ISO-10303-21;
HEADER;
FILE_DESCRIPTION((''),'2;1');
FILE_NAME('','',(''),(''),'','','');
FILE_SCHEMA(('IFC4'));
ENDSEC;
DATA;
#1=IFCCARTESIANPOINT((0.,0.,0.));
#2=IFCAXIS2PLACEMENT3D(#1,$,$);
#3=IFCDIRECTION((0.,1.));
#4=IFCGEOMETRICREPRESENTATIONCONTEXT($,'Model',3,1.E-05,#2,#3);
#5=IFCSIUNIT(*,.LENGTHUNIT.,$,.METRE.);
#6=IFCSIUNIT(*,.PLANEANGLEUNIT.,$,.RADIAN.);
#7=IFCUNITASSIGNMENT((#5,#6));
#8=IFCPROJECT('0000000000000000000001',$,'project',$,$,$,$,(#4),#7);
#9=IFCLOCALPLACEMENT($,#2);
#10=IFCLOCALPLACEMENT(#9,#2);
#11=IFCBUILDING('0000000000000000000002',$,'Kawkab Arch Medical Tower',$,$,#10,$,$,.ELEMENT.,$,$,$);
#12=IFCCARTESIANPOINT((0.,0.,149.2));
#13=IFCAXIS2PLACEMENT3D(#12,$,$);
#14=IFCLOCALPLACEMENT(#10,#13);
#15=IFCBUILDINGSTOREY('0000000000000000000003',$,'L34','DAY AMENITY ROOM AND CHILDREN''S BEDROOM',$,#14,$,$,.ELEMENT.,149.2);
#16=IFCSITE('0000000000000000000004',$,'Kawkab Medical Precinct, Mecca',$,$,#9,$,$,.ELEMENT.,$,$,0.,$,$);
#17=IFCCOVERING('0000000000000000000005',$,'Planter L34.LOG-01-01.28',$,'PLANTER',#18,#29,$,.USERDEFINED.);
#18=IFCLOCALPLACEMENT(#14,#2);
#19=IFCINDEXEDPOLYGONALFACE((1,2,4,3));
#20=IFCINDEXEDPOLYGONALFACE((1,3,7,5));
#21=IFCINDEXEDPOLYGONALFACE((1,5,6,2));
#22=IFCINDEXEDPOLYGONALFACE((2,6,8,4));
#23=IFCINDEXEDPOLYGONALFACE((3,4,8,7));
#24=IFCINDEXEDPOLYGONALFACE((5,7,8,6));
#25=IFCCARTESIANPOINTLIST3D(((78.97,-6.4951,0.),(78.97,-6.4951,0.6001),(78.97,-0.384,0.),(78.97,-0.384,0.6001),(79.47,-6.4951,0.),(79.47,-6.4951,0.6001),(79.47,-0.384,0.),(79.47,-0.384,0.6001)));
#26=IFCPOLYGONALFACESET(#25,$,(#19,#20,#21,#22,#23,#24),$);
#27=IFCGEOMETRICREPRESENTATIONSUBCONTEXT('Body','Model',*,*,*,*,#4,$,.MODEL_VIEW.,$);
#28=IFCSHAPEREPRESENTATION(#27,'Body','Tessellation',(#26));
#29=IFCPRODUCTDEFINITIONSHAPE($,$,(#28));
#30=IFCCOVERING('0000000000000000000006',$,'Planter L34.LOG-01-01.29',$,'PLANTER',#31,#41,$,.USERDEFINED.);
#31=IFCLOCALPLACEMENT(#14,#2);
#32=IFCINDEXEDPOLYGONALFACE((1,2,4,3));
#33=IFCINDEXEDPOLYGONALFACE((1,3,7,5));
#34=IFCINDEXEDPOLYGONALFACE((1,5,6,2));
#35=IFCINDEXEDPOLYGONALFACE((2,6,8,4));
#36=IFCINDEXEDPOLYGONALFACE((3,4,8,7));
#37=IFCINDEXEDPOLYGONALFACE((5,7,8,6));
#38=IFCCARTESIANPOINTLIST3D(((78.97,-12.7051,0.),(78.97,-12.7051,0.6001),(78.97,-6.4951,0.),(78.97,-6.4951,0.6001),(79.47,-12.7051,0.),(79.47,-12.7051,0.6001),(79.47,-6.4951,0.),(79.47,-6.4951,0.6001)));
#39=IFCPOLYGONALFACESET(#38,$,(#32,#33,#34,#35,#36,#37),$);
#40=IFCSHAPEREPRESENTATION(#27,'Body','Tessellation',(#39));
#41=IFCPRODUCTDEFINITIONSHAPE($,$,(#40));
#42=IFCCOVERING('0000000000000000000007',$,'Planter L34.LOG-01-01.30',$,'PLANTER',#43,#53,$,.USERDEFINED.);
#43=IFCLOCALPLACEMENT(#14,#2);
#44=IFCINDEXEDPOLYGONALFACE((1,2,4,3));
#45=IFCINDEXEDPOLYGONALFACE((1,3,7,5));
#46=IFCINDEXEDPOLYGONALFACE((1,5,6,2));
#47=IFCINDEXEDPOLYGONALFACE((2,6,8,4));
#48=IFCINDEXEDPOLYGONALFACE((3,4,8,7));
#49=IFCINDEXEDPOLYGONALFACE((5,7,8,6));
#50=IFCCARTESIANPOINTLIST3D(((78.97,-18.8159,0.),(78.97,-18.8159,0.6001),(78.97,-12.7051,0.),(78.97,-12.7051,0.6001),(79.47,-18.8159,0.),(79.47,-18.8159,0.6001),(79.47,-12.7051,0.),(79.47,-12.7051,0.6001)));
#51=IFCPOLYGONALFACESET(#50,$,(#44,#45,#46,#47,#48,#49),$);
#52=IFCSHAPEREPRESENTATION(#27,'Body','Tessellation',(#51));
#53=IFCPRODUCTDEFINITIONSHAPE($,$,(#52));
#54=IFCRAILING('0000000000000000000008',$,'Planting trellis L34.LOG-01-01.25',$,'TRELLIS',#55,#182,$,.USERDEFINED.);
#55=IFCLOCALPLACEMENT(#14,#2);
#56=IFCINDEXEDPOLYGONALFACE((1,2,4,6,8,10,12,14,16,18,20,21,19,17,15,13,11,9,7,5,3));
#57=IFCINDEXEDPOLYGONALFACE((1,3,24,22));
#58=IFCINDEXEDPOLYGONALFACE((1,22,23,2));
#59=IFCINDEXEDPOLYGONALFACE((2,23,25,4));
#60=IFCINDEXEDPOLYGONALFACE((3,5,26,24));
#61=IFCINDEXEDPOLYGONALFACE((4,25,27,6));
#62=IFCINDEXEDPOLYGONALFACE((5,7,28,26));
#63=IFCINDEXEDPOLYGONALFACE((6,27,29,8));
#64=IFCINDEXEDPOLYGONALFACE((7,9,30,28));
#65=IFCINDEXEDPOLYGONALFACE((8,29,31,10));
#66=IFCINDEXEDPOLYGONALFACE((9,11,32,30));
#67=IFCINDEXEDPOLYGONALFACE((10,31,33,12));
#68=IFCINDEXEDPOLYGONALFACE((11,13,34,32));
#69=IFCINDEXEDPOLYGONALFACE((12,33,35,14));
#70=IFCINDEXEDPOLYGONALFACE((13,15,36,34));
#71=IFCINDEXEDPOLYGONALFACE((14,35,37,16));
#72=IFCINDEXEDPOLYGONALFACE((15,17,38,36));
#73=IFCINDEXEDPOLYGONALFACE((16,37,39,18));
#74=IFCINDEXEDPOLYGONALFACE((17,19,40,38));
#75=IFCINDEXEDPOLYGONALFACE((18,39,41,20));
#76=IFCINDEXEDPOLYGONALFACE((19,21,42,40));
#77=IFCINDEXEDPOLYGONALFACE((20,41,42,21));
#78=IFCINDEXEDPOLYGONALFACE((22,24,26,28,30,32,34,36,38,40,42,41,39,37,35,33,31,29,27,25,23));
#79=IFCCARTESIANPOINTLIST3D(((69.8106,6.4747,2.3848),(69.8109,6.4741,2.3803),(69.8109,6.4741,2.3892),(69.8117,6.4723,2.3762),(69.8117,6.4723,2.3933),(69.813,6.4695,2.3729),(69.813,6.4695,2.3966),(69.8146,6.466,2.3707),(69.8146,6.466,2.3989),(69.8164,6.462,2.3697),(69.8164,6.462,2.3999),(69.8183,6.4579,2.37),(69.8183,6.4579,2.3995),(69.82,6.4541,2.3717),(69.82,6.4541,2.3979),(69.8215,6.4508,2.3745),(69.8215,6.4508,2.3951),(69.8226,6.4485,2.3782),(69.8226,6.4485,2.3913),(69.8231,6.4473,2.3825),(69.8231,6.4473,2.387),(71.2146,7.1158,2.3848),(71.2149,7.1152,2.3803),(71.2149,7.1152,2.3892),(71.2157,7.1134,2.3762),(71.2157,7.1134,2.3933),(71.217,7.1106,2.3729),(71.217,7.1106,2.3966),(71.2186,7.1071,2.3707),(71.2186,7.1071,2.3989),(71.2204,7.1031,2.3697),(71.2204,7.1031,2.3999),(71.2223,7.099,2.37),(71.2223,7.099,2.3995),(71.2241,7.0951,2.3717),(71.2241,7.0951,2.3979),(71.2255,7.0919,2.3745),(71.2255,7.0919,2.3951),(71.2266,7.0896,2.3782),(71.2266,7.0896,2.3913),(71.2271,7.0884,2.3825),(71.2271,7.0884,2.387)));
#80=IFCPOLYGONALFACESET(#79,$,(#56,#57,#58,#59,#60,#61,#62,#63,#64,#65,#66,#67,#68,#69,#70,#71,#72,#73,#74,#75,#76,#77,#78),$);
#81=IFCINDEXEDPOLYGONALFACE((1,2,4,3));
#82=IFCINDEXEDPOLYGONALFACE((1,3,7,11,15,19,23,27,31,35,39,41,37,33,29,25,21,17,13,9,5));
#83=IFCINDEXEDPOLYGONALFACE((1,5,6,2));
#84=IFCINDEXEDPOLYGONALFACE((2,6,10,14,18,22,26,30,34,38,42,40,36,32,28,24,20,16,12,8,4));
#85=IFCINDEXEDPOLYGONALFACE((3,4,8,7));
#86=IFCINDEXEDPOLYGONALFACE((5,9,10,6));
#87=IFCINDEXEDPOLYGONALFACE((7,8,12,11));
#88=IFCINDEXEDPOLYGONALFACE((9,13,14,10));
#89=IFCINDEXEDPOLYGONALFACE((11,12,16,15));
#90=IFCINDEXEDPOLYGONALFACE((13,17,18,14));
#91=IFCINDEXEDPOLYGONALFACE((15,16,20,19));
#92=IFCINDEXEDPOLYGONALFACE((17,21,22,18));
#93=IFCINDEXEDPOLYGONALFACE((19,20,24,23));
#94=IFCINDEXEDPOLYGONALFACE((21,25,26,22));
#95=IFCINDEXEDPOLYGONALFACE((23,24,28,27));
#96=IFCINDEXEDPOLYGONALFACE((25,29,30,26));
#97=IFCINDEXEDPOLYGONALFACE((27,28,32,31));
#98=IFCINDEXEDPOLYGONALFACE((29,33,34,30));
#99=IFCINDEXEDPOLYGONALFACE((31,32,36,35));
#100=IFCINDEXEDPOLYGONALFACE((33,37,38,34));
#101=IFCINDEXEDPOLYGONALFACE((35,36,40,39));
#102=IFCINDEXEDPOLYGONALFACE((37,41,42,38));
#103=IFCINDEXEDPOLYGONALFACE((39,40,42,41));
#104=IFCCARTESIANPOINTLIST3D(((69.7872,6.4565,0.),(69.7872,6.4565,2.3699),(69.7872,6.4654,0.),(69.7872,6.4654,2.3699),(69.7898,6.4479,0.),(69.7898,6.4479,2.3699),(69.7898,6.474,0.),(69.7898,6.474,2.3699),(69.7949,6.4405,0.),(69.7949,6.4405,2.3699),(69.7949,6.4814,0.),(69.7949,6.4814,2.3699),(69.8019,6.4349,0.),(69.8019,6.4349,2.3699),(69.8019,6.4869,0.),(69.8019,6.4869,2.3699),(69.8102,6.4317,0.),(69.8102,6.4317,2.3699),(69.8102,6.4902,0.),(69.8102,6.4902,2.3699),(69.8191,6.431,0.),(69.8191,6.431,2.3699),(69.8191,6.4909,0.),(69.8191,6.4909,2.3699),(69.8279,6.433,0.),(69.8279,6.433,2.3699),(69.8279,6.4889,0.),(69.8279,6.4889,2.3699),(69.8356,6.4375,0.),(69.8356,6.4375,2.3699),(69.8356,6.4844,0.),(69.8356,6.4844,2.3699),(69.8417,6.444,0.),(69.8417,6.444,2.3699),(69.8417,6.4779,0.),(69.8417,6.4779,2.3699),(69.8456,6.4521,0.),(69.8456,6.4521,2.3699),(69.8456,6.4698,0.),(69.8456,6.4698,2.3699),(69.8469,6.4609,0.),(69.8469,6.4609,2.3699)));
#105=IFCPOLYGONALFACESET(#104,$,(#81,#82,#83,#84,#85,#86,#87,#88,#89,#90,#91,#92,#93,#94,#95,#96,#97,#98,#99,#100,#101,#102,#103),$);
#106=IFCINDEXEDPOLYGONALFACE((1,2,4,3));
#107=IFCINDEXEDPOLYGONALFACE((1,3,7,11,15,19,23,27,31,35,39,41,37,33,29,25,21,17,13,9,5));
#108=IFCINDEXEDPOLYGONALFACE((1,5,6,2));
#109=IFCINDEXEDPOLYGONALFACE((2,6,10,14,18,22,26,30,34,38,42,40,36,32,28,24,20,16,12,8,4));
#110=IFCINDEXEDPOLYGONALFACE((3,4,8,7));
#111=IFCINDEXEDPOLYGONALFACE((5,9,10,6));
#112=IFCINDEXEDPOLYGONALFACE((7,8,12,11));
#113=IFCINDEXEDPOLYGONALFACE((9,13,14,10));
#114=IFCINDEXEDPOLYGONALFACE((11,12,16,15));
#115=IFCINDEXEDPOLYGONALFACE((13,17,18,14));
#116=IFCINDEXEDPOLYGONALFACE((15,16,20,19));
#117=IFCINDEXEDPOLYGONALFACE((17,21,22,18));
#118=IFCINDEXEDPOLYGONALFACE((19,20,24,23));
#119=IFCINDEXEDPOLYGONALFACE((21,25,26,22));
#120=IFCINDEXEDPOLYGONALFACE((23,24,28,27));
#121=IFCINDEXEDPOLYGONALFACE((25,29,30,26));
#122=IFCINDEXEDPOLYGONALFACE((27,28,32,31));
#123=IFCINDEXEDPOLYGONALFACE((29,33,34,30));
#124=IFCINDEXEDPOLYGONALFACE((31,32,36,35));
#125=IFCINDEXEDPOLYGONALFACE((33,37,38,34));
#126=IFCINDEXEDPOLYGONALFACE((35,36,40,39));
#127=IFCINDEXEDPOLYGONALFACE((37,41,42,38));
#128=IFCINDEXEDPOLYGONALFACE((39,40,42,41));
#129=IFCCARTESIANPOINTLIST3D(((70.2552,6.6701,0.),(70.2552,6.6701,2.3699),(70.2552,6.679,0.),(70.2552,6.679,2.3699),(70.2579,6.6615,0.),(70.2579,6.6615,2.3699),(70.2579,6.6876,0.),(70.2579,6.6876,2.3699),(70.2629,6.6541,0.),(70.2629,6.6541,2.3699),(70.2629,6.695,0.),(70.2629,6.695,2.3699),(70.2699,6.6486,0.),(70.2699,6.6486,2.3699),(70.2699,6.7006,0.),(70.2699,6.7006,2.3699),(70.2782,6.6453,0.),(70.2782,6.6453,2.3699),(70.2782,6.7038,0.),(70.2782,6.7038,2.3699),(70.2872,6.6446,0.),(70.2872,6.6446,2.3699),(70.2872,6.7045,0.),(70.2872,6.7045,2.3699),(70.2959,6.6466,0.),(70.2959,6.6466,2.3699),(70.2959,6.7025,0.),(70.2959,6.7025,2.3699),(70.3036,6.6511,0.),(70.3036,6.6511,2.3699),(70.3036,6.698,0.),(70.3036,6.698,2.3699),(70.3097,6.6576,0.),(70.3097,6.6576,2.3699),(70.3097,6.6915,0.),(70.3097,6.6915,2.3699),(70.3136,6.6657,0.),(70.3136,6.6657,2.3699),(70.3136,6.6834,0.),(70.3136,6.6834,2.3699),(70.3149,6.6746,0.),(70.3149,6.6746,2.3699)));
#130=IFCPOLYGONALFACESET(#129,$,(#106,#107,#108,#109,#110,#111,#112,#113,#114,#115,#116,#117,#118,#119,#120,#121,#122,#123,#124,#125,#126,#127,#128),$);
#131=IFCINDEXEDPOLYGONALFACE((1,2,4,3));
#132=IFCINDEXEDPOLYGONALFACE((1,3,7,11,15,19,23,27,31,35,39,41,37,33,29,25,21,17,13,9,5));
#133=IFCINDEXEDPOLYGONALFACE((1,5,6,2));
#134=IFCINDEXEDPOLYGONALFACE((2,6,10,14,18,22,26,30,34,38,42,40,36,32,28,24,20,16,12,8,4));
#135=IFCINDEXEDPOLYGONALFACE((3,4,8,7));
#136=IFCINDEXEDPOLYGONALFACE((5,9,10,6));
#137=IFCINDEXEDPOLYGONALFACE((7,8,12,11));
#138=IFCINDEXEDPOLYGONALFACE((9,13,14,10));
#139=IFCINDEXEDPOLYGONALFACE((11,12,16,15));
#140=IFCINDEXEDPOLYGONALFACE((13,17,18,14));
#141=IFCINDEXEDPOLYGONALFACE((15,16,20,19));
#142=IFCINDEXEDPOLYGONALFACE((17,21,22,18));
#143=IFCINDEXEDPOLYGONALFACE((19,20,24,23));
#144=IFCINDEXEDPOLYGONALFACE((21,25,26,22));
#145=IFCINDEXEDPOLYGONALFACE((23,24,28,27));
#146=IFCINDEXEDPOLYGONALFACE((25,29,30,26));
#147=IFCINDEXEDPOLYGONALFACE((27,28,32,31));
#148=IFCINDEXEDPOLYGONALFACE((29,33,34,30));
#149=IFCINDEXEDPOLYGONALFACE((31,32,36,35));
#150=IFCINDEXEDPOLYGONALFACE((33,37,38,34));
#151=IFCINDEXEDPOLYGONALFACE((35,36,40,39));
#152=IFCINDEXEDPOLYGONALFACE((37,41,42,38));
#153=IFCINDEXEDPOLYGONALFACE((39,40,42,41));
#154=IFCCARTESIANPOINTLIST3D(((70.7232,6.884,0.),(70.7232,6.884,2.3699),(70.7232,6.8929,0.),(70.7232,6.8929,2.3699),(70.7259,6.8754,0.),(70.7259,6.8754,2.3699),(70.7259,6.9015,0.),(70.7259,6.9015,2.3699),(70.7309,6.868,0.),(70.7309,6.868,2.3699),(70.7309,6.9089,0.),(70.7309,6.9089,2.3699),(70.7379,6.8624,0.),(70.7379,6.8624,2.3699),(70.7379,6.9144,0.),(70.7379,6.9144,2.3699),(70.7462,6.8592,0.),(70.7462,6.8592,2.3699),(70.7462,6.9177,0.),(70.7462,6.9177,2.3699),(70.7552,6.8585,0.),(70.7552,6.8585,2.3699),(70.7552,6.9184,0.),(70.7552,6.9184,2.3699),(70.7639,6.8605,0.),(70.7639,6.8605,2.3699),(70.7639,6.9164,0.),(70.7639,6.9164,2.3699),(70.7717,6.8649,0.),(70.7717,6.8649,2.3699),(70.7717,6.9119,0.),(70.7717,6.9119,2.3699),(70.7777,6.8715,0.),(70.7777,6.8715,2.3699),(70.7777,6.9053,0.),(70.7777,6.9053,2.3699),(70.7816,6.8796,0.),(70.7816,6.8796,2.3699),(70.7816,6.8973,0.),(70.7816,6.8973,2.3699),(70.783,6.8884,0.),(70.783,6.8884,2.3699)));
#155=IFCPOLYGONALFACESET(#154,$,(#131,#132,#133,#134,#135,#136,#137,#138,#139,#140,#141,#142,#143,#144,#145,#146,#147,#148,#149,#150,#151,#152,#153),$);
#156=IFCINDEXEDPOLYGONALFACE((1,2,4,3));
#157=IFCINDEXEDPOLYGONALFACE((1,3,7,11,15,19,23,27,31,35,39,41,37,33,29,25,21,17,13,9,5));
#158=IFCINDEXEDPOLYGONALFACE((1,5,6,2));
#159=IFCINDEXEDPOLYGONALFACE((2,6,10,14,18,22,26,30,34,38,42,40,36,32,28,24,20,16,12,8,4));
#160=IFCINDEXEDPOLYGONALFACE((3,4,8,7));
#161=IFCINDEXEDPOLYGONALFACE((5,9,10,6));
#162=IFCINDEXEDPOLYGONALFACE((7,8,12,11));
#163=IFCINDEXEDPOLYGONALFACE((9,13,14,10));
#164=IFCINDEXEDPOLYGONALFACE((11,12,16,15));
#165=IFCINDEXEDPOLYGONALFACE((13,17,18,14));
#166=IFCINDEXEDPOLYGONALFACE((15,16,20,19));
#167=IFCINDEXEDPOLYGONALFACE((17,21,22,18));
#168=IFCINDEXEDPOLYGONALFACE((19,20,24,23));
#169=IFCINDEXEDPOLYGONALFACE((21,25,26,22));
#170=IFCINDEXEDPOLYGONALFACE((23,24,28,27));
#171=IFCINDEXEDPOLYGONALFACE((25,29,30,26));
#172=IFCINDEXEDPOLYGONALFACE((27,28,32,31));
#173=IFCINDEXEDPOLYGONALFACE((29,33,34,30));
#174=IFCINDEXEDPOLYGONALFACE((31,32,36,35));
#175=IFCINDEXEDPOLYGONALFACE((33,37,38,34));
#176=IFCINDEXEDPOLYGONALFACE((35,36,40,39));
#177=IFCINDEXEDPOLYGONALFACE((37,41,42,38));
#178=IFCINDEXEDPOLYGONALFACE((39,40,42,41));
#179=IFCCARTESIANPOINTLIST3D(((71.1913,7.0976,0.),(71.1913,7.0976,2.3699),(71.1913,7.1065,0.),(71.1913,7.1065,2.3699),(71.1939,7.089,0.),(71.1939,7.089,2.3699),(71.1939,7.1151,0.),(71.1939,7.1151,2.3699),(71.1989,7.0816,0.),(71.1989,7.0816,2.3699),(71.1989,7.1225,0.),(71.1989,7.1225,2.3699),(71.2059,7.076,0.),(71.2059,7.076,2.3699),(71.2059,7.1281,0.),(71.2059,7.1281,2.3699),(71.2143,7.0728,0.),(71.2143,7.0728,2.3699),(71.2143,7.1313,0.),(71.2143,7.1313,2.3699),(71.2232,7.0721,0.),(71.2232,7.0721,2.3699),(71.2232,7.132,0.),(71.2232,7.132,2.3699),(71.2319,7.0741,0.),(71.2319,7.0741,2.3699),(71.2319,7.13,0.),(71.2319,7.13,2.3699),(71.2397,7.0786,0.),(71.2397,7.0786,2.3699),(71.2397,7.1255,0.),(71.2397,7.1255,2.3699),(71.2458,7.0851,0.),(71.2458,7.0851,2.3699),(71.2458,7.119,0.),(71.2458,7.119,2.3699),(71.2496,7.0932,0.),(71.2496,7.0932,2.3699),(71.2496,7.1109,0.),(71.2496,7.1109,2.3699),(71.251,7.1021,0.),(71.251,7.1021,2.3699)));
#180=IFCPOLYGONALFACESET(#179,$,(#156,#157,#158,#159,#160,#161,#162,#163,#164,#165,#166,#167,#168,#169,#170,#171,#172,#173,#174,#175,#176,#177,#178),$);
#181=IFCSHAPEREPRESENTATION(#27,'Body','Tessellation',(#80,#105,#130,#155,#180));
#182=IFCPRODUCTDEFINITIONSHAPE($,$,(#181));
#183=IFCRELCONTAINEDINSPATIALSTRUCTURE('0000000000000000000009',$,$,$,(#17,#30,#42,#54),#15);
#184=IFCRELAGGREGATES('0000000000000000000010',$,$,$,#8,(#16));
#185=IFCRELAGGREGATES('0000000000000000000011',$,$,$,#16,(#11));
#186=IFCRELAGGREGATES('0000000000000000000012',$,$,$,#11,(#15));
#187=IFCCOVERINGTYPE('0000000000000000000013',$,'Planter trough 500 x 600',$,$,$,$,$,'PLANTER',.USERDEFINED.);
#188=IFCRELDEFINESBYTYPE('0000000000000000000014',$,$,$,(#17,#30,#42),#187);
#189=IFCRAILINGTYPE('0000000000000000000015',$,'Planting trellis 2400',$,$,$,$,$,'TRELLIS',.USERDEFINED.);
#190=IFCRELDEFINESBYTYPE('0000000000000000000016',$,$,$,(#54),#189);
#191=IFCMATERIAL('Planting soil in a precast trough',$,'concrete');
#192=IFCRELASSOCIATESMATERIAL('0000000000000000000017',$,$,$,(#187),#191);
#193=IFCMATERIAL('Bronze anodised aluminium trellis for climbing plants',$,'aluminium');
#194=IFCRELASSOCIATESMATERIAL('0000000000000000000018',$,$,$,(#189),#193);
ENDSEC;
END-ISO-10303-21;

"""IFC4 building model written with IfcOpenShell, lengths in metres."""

from ifc_helpers import new_model, si_unit, direction, frame, origin, origin_2d, place, context, subcontext, project, spatial, rectangle, circle, extrude, material, material_profile, profile_set, type_object, element, save


model = new_model("IFC4")

# Units and contexts
model_context = context("Model", 3, precision=1e-05, world=origin(), true_north=direction((0.0, 1.0)))
body_context = subcontext(model_context, "Body", "Model", "MODEL_VIEW")
ifc_project = project(units=[si_unit("LENGTHUNIT", "METRE"), si_unit("PLANEANGLEUNIT", "RADIAN")], contexts=[model_context])

# Site, building, storey
site_placement = place(None, origin())
site = spatial("IfcSite", under=ifc_project, at=site_placement, Name="Kawkab Medical Precinct, Mecca", CompositionType="ELEMENT", RefElevation=0.0)
building_placement = place(site_placement, origin())
building = spatial("IfcBuilding", under=site, at=building_placement, Name="Kawkab Arch Medical Tower", CompositionType="ELEMENT")
storey_placement = place(building_placement, frame((0.0, 0.0, 149.2)))
storey = spatial("IfcBuildingStorey", under=building, at=storey_placement, Name="L34", Description="DAY AMENITY ROOM AND CHILDREN'S BEDROOM", CompositionType="ELEMENT", Elevation=149.2)

# Coverings
ifc_material_1 = material(Name="Planting soil in a precast trough", Category="concrete")
ifc_material_profile_1 = material_profile(ifc_material_1, rectangle(XDim=0.5, YDim=0.6001, at=origin_2d()), Name="Trough 500x600")
ifc_profile_set_1 = profile_set([ifc_material_profile_1], Name="Planting soil in a precast trough")
covering_type = type_object("IfcCoveringType", Name="Planter trough 500 x 600", ElementType="PLANTER", PredefinedType="USERDEFINED", material=ifc_profile_set_1)
covering_1_placement = place(storey_placement, frame((79.22, -0.384, 0.3), z_axis=(0.0, -1.0, 0.0), x_axis=(1.0, 0.0, 0.0)))
element("IfcCovering", 1, at=covering_1_placement, inside=storey, type_object=covering_type, Name="Planter L34.LOG-01-01.28", ObjectType="PLANTER", PredefinedType="USERDEFINED", context=body_context, shape_type="SweptSolid", body=[
    extrude(rectangle(XDim=0.5, YDim=0.6001, at=origin_2d()), origin(), (0.0, 0.0, 1.0), 6.1111),
])
covering_2_placement = place(storey_placement, frame((79.22, -6.4951, 0.3), z_axis=(0.0, -1.0, 0.0), x_axis=(1.0, 0.0, 0.0)))
element("IfcCovering", 2, at=covering_2_placement, inside=storey, type_object=covering_type, Name="Planter L34.LOG-01-01.29", ObjectType="PLANTER", PredefinedType="USERDEFINED", context=body_context, shape_type="SweptSolid", body=[
    extrude(rectangle(XDim=0.5, YDim=0.6001, at=origin_2d()), origin(), (0.0, 0.0, 1.0), 6.21),
])
covering_3_placement = place(storey_placement, frame((79.22, -12.7051, 0.3), z_axis=(0.0, -1.0, 0.0), x_axis=(1.0, 0.0, 0.0)))
element("IfcCovering", 3, at=covering_3_placement, inside=storey, type_object=covering_type, Name="Planter L34.LOG-01-01.30", ObjectType="PLANTER", PredefinedType="USERDEFINED", context=body_context, shape_type="SweptSolid", body=[
    extrude(rectangle(XDim=0.5, YDim=0.6001, at=origin_2d()), origin(), (0.0, 0.0, 1.0), 6.1108),
])

# Railing
ifc_material_2 = material(Name="Bronze anodised aluminium trellis for climbing plants", Category="aluminium")
railing_type = type_object("IfcRailingType", Name="Planting trellis 2400", ElementType="TRELLIS", PredefinedType="USERDEFINED", material=ifc_material_2)
railing_1_placement = place(storey_placement, frame((69.8169, 6.4609, 0.0)))
element("IfcRailing", 4, at=railing_1_placement, inside=storey, type_object=railing_type, Name="Planting trellis L34.LOG-01-01.25", ObjectType="TRELLIS", PredefinedType="USERDEFINED", context=body_context, shape_type="SweptSolid", body=[
    extrude(circle(Radius=0.0151, at=origin_2d()), frame((0.0, 0.0, 2.3848), z_axis=(0.909656, 0.415363, 0.0), x_axis=(-0.415363, 0.909656, 0.0)), (0.0, 0.0, 1.0), 1.5435),
    extrude(circle(Radius=0.03, at=origin_2d()), origin(), (0.0, 0.0, 1.0), 2.3699),
    extrude(circle(Radius=0.03, at=origin_2d()), frame((0.468, 0.2136, 0.0)), (0.0, 0.0, 1.0), 2.3699),
    extrude(circle(Radius=0.03, at=origin_2d()), frame((0.936, 0.4275, 0.0)), (0.0, 0.0, 1.0), 2.3699),
    extrude(circle(Radius=0.03, at=origin_2d()), frame((1.4041, 0.6411, 0.0)), (0.0, 0.0, 1.0), 2.3699),
])

save(model, "model.ifc")
